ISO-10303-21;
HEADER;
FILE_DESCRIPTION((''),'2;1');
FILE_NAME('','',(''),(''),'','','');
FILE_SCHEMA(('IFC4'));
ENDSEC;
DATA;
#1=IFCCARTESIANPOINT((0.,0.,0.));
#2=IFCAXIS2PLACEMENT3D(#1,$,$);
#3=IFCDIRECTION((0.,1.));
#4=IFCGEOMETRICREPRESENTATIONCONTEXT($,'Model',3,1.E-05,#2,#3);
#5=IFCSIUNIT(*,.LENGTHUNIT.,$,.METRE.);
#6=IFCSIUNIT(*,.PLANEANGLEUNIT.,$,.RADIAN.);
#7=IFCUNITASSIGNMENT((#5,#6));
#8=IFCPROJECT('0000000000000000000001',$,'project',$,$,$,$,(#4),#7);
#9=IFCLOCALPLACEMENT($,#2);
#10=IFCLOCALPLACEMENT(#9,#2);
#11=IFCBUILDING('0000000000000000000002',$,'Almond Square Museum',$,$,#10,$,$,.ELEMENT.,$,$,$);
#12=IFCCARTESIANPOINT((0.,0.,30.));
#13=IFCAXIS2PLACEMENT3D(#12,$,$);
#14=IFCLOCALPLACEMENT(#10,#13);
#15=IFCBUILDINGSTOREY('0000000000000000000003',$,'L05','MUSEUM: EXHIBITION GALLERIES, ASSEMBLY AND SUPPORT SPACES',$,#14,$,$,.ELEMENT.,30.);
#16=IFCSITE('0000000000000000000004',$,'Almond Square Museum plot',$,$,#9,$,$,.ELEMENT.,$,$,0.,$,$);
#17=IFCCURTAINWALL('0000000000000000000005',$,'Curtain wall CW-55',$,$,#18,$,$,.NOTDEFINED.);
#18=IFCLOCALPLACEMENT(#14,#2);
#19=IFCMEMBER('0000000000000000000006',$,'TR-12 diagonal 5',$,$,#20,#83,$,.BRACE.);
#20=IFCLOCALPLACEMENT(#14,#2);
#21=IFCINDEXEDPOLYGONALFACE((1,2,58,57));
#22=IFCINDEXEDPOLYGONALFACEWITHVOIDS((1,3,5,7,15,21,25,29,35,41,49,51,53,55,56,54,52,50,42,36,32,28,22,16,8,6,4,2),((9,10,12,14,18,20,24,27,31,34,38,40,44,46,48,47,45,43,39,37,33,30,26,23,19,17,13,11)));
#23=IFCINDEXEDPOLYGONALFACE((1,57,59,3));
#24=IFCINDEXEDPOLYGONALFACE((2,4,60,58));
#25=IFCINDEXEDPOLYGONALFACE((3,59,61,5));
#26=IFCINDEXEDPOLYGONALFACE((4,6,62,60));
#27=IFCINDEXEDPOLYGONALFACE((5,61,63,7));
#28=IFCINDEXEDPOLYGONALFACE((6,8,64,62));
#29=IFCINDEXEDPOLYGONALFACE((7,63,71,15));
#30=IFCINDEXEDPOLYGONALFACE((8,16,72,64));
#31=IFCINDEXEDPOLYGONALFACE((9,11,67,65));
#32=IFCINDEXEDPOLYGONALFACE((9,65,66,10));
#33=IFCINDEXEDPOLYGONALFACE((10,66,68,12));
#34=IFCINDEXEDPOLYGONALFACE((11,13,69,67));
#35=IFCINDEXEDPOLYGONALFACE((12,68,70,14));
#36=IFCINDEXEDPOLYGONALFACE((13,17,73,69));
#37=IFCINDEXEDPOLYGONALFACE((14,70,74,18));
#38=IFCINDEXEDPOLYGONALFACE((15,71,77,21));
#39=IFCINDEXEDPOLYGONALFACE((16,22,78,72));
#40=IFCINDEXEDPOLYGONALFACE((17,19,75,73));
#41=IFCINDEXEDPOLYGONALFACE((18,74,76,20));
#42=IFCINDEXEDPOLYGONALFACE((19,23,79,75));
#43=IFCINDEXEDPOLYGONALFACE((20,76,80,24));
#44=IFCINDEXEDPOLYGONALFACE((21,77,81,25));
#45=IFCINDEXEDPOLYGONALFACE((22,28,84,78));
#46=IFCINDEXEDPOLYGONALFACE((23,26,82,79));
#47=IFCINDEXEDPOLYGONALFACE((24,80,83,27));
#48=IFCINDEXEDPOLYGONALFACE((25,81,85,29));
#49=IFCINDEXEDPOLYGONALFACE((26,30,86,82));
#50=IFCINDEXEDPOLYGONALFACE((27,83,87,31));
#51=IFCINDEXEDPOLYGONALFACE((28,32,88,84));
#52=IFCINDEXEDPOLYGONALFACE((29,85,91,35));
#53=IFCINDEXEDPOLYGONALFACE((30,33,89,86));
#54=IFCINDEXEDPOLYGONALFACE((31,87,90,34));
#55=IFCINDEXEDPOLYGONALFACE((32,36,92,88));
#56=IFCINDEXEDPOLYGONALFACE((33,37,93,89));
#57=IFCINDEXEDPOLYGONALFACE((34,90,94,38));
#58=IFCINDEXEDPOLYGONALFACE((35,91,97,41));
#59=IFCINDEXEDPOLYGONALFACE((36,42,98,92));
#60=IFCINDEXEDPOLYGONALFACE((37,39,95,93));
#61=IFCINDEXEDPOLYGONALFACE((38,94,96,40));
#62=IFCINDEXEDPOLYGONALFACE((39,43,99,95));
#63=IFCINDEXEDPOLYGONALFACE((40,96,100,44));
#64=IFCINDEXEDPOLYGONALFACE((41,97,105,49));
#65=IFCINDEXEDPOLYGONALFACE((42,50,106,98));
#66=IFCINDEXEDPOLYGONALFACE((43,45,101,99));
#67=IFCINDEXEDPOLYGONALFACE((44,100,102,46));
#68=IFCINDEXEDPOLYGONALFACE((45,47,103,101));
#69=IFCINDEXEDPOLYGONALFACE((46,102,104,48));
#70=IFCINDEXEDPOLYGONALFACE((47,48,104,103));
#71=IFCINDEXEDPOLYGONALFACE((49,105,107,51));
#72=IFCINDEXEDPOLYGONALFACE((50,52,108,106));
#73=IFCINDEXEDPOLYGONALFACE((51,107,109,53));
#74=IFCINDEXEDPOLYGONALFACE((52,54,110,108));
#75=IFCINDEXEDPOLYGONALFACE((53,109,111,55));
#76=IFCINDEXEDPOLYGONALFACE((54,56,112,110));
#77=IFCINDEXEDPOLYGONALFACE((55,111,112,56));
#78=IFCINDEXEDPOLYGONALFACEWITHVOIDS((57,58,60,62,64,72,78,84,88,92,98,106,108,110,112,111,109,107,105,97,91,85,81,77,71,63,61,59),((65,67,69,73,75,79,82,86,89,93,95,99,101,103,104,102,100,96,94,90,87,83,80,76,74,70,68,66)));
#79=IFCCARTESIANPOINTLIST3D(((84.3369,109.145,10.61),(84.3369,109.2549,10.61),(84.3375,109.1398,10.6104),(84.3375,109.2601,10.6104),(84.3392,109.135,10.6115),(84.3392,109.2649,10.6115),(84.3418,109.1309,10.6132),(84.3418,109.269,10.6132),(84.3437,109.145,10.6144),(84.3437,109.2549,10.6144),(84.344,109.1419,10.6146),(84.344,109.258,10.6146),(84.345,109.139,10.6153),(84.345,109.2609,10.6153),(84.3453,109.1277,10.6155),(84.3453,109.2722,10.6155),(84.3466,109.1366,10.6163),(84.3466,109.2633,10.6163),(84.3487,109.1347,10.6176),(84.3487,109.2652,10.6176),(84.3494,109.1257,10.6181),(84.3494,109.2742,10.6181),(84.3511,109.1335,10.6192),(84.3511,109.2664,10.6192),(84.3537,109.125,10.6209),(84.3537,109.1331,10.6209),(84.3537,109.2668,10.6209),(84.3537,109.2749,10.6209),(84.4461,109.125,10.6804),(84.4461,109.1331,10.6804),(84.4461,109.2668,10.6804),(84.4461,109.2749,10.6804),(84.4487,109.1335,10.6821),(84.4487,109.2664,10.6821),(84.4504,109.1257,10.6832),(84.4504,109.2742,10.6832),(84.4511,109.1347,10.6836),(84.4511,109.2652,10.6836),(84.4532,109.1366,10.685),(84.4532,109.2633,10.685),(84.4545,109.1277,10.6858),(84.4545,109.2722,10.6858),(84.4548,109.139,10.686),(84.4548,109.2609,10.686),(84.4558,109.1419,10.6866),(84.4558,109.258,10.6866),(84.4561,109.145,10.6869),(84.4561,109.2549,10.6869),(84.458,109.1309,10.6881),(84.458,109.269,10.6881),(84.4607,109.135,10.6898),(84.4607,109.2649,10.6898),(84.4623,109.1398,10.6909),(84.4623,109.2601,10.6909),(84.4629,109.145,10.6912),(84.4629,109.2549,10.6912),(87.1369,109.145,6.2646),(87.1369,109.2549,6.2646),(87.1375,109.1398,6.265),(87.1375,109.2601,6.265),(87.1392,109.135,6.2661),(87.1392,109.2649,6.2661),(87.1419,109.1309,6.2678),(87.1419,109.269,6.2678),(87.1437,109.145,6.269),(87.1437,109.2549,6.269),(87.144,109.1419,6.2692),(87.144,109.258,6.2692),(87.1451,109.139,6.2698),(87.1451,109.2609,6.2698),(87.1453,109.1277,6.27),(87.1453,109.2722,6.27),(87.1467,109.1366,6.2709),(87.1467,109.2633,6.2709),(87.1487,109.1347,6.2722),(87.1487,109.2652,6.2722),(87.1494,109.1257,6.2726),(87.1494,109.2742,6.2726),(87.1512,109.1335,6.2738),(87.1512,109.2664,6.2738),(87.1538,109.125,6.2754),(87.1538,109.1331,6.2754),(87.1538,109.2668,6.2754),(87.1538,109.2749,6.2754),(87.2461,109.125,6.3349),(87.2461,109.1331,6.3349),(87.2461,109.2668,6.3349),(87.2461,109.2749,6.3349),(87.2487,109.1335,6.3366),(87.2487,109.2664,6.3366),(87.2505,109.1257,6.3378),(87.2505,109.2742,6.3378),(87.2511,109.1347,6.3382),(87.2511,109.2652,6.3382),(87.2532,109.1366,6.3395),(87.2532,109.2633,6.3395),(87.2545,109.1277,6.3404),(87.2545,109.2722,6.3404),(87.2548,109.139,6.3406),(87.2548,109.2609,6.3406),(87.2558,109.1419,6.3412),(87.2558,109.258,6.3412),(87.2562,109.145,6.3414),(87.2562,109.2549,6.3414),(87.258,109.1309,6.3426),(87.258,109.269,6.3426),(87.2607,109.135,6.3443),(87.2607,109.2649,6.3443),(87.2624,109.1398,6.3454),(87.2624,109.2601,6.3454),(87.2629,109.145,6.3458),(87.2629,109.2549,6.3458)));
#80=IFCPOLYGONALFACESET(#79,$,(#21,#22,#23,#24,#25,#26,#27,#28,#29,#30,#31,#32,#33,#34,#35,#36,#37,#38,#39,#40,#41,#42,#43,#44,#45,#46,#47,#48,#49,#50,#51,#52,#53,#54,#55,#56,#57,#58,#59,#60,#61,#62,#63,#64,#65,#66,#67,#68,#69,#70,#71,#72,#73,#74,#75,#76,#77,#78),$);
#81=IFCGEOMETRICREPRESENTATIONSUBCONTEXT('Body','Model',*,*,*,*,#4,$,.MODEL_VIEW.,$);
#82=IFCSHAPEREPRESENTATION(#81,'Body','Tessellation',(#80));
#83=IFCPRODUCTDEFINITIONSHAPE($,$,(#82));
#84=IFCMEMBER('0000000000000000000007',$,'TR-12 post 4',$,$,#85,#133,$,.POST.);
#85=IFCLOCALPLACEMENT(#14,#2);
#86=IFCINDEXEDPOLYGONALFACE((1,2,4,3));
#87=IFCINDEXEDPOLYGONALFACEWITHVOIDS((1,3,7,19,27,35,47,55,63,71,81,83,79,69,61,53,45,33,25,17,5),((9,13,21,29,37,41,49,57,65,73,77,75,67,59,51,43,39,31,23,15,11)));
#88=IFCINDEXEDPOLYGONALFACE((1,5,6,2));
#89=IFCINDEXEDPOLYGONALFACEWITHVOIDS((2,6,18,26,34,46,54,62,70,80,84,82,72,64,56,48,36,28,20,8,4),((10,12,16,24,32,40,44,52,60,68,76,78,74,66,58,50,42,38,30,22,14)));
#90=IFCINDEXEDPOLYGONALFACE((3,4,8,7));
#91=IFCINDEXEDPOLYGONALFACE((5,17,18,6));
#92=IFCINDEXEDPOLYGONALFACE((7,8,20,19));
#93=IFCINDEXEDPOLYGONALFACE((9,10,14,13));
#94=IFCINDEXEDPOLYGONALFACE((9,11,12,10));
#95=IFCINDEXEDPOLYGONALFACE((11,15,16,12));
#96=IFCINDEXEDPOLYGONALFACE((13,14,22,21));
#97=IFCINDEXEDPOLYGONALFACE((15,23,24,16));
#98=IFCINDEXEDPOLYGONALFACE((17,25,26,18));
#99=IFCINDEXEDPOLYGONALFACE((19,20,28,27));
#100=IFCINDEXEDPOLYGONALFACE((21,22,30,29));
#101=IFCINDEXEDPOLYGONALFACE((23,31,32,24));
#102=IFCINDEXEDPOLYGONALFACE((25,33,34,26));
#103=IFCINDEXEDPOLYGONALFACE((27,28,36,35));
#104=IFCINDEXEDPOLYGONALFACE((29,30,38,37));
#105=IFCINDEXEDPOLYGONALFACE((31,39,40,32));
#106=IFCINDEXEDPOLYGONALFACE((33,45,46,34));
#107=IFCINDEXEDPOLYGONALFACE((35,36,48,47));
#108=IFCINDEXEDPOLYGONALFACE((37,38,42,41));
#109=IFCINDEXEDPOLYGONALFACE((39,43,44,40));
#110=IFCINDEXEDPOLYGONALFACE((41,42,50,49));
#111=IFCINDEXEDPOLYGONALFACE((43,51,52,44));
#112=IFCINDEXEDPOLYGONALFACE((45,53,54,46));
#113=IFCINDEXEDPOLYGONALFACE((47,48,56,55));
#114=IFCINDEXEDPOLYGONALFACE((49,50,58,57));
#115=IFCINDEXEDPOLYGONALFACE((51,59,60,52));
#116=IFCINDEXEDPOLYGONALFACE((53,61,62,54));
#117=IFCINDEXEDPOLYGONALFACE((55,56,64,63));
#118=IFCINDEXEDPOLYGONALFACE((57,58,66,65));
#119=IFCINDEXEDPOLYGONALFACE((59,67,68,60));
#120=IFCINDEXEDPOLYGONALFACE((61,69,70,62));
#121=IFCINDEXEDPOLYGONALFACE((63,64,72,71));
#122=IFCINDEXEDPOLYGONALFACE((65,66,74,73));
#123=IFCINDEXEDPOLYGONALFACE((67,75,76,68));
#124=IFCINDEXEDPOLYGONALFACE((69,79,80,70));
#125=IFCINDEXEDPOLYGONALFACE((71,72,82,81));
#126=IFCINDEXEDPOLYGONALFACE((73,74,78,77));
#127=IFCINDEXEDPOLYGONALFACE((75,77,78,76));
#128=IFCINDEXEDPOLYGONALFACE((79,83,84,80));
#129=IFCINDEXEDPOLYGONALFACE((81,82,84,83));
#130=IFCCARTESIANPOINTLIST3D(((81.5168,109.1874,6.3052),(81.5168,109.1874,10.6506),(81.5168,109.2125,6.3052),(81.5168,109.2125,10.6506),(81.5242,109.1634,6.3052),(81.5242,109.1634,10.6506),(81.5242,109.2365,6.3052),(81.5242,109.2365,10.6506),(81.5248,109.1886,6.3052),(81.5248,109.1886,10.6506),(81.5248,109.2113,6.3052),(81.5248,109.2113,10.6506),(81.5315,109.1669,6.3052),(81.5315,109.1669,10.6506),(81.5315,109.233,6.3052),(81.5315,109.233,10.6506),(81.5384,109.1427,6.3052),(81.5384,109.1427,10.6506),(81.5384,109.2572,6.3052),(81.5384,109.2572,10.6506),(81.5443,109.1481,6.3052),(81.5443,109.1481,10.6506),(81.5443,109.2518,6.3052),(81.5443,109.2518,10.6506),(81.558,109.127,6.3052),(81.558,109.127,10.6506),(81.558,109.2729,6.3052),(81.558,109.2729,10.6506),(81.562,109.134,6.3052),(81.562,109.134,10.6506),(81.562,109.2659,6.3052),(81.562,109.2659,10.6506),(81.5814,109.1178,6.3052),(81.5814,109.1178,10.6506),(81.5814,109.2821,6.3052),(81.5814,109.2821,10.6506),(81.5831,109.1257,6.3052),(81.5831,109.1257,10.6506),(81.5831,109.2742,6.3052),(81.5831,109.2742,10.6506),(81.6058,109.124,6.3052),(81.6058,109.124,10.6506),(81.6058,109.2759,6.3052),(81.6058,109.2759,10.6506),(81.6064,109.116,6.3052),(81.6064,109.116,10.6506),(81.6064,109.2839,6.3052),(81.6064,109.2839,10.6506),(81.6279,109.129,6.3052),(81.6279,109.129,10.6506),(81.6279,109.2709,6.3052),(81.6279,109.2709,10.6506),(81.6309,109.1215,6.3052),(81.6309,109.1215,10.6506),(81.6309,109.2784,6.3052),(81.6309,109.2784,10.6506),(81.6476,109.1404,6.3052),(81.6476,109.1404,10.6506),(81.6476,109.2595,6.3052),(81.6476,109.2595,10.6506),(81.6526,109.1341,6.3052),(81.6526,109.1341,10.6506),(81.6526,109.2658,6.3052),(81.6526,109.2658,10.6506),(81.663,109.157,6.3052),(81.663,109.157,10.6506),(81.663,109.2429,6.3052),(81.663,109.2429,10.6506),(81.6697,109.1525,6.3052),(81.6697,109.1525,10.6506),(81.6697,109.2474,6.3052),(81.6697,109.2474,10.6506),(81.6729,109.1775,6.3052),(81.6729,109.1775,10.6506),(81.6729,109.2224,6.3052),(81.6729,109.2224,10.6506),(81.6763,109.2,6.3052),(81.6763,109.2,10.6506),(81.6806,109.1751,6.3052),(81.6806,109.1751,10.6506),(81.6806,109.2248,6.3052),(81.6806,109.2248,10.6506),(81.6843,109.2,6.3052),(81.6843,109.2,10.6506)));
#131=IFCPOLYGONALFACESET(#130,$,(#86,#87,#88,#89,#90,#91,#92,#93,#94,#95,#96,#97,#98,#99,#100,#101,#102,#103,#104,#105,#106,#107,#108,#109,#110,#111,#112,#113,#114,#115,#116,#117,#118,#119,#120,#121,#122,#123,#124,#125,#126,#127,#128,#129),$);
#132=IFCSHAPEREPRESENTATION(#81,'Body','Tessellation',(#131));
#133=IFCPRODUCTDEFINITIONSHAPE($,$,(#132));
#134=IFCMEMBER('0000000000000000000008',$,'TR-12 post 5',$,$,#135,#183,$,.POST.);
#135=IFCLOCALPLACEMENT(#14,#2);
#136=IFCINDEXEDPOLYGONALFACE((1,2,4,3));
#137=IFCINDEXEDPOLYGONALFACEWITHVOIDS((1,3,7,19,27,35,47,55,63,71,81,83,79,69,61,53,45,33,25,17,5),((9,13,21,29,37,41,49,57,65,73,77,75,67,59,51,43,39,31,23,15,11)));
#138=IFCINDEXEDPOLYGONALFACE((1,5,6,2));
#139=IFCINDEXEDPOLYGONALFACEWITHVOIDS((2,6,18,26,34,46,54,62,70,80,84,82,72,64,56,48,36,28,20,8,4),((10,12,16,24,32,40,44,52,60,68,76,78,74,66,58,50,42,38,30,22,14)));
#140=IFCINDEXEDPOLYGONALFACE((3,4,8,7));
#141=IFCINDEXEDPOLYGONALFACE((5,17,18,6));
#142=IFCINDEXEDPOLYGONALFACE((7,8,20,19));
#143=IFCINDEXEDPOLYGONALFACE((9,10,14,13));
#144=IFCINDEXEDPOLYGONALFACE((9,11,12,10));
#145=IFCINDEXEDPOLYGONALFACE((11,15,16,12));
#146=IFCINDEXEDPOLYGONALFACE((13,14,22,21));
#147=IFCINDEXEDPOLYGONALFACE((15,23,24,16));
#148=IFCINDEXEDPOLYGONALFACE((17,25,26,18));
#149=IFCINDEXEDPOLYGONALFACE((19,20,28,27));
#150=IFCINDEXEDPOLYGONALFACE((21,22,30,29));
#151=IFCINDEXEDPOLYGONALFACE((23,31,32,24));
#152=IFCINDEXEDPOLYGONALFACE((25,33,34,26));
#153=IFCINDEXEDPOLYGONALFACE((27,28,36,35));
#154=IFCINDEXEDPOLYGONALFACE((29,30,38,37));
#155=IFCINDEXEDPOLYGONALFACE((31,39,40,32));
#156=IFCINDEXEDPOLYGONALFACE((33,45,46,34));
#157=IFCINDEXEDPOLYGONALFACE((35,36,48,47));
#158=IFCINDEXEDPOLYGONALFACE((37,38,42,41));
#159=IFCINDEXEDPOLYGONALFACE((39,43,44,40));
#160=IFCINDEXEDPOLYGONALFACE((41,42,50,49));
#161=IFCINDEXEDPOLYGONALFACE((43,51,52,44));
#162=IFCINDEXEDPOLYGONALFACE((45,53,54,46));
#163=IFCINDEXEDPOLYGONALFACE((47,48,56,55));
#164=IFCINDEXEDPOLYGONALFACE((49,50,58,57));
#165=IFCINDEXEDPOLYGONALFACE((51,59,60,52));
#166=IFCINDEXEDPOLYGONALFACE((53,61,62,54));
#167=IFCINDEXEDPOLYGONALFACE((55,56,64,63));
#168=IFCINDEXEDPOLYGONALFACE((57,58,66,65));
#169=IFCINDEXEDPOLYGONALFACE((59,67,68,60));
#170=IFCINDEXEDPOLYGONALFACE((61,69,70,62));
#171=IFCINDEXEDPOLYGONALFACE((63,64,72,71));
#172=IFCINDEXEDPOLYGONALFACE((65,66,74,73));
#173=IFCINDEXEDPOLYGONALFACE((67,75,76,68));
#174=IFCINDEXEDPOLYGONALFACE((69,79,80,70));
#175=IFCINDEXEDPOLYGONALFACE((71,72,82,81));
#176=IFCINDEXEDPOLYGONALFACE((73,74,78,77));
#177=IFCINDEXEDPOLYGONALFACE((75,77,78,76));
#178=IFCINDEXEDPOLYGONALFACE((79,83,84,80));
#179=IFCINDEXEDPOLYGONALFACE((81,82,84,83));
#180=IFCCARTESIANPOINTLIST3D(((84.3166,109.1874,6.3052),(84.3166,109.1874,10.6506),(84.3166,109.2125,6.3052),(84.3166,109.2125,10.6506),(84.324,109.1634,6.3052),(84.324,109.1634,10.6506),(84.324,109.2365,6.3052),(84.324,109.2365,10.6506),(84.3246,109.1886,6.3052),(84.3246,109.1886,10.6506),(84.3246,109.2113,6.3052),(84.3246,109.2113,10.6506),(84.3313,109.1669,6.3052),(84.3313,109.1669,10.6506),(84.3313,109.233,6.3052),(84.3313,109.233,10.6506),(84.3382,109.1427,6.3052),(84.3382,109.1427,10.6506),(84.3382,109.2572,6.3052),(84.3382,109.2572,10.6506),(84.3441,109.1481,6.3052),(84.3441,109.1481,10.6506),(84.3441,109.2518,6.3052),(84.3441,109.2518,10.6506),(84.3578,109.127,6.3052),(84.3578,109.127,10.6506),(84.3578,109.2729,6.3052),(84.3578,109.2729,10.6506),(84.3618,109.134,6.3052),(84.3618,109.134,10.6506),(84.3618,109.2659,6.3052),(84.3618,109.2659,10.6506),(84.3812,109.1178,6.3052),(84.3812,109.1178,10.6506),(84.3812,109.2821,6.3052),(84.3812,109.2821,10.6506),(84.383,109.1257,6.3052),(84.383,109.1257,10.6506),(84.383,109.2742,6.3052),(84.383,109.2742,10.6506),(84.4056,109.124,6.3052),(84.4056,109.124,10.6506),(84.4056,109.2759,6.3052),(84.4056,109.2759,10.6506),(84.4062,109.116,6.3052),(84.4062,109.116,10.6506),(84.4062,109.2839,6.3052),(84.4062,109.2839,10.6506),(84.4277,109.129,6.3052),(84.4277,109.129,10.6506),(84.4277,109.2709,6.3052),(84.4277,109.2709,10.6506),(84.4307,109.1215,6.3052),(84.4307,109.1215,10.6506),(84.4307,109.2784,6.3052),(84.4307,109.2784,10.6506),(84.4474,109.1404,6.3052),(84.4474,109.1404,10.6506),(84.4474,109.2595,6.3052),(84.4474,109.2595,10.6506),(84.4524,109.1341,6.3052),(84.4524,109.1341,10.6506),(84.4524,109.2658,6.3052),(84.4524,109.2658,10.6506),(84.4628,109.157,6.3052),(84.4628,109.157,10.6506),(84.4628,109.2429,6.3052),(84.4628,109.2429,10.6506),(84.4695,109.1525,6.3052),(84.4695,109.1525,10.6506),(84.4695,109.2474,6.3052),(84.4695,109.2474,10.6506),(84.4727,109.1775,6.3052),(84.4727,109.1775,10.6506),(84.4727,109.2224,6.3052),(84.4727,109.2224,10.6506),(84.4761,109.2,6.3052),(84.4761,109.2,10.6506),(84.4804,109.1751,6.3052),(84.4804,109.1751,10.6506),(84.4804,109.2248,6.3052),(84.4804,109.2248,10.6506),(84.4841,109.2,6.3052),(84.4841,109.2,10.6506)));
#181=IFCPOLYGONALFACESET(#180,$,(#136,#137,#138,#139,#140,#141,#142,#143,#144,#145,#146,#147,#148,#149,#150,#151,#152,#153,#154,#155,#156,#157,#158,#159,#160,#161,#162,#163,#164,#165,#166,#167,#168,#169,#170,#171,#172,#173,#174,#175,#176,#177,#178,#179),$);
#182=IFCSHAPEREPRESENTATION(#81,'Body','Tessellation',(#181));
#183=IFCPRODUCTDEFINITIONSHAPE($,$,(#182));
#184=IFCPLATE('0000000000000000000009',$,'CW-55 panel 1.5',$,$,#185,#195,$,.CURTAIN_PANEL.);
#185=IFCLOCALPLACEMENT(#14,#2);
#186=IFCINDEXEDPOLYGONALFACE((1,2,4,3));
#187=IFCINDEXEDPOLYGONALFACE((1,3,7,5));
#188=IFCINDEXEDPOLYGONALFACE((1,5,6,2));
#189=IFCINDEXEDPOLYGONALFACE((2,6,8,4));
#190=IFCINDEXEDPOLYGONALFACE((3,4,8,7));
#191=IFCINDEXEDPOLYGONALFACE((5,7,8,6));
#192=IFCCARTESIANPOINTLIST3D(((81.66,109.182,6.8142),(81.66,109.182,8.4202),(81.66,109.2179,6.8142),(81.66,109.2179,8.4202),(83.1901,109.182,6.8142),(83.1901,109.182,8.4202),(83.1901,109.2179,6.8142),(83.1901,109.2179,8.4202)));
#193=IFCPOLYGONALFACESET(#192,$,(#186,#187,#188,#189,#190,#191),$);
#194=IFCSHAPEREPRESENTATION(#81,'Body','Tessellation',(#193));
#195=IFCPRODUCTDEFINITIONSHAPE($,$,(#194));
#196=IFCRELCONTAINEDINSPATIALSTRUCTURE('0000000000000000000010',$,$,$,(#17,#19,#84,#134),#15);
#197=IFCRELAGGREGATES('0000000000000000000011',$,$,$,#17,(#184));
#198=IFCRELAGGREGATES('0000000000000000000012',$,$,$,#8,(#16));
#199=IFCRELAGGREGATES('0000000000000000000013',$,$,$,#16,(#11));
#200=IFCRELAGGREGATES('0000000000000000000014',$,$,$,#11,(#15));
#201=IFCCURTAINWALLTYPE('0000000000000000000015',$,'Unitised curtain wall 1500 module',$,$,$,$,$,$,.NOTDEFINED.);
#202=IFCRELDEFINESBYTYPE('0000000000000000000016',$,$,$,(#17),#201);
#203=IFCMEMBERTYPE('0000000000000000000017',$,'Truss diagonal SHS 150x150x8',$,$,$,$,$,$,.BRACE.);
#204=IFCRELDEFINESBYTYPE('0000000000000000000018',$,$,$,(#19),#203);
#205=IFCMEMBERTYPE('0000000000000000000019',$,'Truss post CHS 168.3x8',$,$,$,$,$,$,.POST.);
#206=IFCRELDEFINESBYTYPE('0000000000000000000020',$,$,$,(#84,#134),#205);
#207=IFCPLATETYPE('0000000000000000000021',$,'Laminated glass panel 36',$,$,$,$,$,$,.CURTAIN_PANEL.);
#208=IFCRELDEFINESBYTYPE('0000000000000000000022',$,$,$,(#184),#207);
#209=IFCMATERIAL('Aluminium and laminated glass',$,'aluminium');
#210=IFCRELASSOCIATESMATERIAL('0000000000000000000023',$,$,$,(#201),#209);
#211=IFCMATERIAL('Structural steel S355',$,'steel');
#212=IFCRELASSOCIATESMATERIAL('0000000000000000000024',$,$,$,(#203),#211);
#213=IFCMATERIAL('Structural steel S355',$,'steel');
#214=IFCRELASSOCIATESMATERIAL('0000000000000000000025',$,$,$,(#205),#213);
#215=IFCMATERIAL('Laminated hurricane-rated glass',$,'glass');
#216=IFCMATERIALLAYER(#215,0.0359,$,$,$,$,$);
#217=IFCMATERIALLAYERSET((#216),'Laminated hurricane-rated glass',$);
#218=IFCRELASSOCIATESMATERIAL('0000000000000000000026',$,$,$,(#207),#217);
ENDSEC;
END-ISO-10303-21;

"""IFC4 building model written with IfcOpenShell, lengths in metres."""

from ifc_helpers import new_model, si_unit, direction, frame, origin, origin_2d, place, context, subcontext, project, spatial, rectangle, hollow_rectangle, hollow_circle, extrude, material, layer, layer_set, material_profile, profile_set, type_object, element, aggregate, save


model = new_model("IFC4")

# Units and contexts
model_context = context("Model", 3, precision=1e-05, world=origin(), true_north=direction((0.0, 1.0)))
body_context = subcontext(model_context, "Body", "Model", "MODEL_VIEW")
ifc_project = project(units=[si_unit("LENGTHUNIT", "METRE"), si_unit("PLANEANGLEUNIT", "RADIAN")], contexts=[model_context])

# Site, building, storey
site_placement = place(None, origin())
site = spatial("IfcSite", under=ifc_project, at=site_placement, Name="Almond Square Museum plot", CompositionType="ELEMENT", RefElevation=0.0)
building_placement = place(site_placement, origin())
building = spatial("IfcBuilding", under=site, at=building_placement, Name="Almond Square Museum", CompositionType="ELEMENT")
storey_placement = place(building_placement, frame((0.0, 0.0, 30.0)))
storey = spatial("IfcBuildingStorey", under=building, at=storey_placement, Name="L05", Description="MUSEUM: EXHIBITION GALLERIES, ASSEMBLY AND SUPPORT SPACES", CompositionType="ELEMENT", Elevation=30.0)

# Curtain wall
ifc_material_1 = material(Name="Aluminium and laminated glass", Category="aluminium")
curtain_wall_type = type_object("IfcCurtainWallType", Name="Unitised curtain wall 1500 module", PredefinedType="NOTDEFINED", material=ifc_material_1)
curtain_wall_1_placement = place(storey_placement, origin())
curtain_wall_1 = element("IfcCurtainWall", 1, at=curtain_wall_1_placement, inside=storey, type_object=curtain_wall_type, Name="Curtain wall CW-55", PredefinedType="NOTDEFINED")

# Members
ifc_material_2 = material(Name="Structural steel S355", Category="steel")
ifc_material_profile_1 = material_profile(ifc_material_2, hollow_rectangle(XDim=0.1499, YDim=0.1499, WallThickness=0.0081, InnerFilletRadius=0.012, OuterFilletRadius=0.02, at=origin_2d()))
ifc_profile_set_1 = profile_set([ifc_material_profile_1], Name="Structural steel S355")
member_type_1 = type_object("IfcMemberType", Name="Truss diagonal SHS 150x150x8", PredefinedType="BRACE", material=ifc_profile_set_1)
for number, where, z_axis, x_axis, name in (
    (2, (84.3999, 109.2, 10.6506), (0.541652, 0.0, -0.840603), (0.0, 1.0, 0.0), "TR-12 diagonal 5"),
):
    element("IfcMember", number, at=place(storey_placement, frame(where, z_axis=z_axis, x_axis=x_axis)), inside=storey, type_object=member_type_1, Name=name, PredefinedType="BRACE", context=body_context, shape_type="SweptSolid", body=[
        extrude(hollow_rectangle(XDim=0.1499, YDim=0.1499, WallThickness=0.0081, InnerFilletRadius=0.012, OuterFilletRadius=0.02, at=origin_2d()), origin(), (0.0, 0.0, 1.0), 5.1694),
    ])
ifc_material_3 = material(Name="Structural steel S355", Category="steel")
ifc_material_profile_2 = material_profile(ifc_material_3, hollow_circle(Radius=0.0842, WallThickness=0.0081, at=origin_2d()))
ifc_profile_set_2 = profile_set([ifc_material_profile_2], Name="Structural steel S355")
member_type_2 = type_object("IfcMemberType", Name="Truss post CHS 168.3x8", PredefinedType="POST", material=ifc_profile_set_2)
for number, where, z_axis, x_axis, name in (
    (3, (81.6001, 109.2, 6.3052), (0.0, 0.0, 1.0), (1.0, 0.0, 0.0), "TR-12 post 4"),
    (4, (84.3999, 109.2, 6.3052), (0.0, 0.0, 1.0), (1.0, 0.0, 0.0), "TR-12 post 5"),
):
    element("IfcMember", number, at=place(storey_placement, frame(where, z_axis=z_axis, x_axis=x_axis)), inside=storey, type_object=member_type_2, Name=name, PredefinedType="POST", context=body_context, shape_type="SweptSolid", body=[
        extrude(hollow_circle(Radius=0.0842, WallThickness=0.0081, at=origin_2d()), origin(), (0.0, 0.0, 1.0), 4.3455),
    ])

# Plate
ifc_material_4 = material(Name="Laminated hurricane-rated glass", Category="glass")
ifc_layer = layer(ifc_material_4, 0.0359)
ifc_layer_set = layer_set([ifc_layer], Name="Laminated hurricane-rated glass")
plate_type = type_object("IfcPlateType", Name="Laminated glass panel 36", PredefinedType="CURTAIN_PANEL", material=ifc_layer_set)
plate_1_placement = place(storey_placement, frame((82.425, 109.2, 6.8142), z_axis=(0.0, 0.0, 1.0), x_axis=(1.0, 0.0, 0.0)))
plate_1 = element("IfcPlate", 5, at=plate_1_placement, type_object=plate_type, Name="CW-55 panel 1.5", PredefinedType="CURTAIN_PANEL", context=body_context, shape_type="SweptSolid", body=[
    extrude(rectangle(XDim=1.53, YDim=0.0359, at=origin_2d()), origin(), (0.0, 0.0, 1.0), 1.606),
])
aggregate(curtain_wall_1, [plate_1])

save(model, "model.ifc")
